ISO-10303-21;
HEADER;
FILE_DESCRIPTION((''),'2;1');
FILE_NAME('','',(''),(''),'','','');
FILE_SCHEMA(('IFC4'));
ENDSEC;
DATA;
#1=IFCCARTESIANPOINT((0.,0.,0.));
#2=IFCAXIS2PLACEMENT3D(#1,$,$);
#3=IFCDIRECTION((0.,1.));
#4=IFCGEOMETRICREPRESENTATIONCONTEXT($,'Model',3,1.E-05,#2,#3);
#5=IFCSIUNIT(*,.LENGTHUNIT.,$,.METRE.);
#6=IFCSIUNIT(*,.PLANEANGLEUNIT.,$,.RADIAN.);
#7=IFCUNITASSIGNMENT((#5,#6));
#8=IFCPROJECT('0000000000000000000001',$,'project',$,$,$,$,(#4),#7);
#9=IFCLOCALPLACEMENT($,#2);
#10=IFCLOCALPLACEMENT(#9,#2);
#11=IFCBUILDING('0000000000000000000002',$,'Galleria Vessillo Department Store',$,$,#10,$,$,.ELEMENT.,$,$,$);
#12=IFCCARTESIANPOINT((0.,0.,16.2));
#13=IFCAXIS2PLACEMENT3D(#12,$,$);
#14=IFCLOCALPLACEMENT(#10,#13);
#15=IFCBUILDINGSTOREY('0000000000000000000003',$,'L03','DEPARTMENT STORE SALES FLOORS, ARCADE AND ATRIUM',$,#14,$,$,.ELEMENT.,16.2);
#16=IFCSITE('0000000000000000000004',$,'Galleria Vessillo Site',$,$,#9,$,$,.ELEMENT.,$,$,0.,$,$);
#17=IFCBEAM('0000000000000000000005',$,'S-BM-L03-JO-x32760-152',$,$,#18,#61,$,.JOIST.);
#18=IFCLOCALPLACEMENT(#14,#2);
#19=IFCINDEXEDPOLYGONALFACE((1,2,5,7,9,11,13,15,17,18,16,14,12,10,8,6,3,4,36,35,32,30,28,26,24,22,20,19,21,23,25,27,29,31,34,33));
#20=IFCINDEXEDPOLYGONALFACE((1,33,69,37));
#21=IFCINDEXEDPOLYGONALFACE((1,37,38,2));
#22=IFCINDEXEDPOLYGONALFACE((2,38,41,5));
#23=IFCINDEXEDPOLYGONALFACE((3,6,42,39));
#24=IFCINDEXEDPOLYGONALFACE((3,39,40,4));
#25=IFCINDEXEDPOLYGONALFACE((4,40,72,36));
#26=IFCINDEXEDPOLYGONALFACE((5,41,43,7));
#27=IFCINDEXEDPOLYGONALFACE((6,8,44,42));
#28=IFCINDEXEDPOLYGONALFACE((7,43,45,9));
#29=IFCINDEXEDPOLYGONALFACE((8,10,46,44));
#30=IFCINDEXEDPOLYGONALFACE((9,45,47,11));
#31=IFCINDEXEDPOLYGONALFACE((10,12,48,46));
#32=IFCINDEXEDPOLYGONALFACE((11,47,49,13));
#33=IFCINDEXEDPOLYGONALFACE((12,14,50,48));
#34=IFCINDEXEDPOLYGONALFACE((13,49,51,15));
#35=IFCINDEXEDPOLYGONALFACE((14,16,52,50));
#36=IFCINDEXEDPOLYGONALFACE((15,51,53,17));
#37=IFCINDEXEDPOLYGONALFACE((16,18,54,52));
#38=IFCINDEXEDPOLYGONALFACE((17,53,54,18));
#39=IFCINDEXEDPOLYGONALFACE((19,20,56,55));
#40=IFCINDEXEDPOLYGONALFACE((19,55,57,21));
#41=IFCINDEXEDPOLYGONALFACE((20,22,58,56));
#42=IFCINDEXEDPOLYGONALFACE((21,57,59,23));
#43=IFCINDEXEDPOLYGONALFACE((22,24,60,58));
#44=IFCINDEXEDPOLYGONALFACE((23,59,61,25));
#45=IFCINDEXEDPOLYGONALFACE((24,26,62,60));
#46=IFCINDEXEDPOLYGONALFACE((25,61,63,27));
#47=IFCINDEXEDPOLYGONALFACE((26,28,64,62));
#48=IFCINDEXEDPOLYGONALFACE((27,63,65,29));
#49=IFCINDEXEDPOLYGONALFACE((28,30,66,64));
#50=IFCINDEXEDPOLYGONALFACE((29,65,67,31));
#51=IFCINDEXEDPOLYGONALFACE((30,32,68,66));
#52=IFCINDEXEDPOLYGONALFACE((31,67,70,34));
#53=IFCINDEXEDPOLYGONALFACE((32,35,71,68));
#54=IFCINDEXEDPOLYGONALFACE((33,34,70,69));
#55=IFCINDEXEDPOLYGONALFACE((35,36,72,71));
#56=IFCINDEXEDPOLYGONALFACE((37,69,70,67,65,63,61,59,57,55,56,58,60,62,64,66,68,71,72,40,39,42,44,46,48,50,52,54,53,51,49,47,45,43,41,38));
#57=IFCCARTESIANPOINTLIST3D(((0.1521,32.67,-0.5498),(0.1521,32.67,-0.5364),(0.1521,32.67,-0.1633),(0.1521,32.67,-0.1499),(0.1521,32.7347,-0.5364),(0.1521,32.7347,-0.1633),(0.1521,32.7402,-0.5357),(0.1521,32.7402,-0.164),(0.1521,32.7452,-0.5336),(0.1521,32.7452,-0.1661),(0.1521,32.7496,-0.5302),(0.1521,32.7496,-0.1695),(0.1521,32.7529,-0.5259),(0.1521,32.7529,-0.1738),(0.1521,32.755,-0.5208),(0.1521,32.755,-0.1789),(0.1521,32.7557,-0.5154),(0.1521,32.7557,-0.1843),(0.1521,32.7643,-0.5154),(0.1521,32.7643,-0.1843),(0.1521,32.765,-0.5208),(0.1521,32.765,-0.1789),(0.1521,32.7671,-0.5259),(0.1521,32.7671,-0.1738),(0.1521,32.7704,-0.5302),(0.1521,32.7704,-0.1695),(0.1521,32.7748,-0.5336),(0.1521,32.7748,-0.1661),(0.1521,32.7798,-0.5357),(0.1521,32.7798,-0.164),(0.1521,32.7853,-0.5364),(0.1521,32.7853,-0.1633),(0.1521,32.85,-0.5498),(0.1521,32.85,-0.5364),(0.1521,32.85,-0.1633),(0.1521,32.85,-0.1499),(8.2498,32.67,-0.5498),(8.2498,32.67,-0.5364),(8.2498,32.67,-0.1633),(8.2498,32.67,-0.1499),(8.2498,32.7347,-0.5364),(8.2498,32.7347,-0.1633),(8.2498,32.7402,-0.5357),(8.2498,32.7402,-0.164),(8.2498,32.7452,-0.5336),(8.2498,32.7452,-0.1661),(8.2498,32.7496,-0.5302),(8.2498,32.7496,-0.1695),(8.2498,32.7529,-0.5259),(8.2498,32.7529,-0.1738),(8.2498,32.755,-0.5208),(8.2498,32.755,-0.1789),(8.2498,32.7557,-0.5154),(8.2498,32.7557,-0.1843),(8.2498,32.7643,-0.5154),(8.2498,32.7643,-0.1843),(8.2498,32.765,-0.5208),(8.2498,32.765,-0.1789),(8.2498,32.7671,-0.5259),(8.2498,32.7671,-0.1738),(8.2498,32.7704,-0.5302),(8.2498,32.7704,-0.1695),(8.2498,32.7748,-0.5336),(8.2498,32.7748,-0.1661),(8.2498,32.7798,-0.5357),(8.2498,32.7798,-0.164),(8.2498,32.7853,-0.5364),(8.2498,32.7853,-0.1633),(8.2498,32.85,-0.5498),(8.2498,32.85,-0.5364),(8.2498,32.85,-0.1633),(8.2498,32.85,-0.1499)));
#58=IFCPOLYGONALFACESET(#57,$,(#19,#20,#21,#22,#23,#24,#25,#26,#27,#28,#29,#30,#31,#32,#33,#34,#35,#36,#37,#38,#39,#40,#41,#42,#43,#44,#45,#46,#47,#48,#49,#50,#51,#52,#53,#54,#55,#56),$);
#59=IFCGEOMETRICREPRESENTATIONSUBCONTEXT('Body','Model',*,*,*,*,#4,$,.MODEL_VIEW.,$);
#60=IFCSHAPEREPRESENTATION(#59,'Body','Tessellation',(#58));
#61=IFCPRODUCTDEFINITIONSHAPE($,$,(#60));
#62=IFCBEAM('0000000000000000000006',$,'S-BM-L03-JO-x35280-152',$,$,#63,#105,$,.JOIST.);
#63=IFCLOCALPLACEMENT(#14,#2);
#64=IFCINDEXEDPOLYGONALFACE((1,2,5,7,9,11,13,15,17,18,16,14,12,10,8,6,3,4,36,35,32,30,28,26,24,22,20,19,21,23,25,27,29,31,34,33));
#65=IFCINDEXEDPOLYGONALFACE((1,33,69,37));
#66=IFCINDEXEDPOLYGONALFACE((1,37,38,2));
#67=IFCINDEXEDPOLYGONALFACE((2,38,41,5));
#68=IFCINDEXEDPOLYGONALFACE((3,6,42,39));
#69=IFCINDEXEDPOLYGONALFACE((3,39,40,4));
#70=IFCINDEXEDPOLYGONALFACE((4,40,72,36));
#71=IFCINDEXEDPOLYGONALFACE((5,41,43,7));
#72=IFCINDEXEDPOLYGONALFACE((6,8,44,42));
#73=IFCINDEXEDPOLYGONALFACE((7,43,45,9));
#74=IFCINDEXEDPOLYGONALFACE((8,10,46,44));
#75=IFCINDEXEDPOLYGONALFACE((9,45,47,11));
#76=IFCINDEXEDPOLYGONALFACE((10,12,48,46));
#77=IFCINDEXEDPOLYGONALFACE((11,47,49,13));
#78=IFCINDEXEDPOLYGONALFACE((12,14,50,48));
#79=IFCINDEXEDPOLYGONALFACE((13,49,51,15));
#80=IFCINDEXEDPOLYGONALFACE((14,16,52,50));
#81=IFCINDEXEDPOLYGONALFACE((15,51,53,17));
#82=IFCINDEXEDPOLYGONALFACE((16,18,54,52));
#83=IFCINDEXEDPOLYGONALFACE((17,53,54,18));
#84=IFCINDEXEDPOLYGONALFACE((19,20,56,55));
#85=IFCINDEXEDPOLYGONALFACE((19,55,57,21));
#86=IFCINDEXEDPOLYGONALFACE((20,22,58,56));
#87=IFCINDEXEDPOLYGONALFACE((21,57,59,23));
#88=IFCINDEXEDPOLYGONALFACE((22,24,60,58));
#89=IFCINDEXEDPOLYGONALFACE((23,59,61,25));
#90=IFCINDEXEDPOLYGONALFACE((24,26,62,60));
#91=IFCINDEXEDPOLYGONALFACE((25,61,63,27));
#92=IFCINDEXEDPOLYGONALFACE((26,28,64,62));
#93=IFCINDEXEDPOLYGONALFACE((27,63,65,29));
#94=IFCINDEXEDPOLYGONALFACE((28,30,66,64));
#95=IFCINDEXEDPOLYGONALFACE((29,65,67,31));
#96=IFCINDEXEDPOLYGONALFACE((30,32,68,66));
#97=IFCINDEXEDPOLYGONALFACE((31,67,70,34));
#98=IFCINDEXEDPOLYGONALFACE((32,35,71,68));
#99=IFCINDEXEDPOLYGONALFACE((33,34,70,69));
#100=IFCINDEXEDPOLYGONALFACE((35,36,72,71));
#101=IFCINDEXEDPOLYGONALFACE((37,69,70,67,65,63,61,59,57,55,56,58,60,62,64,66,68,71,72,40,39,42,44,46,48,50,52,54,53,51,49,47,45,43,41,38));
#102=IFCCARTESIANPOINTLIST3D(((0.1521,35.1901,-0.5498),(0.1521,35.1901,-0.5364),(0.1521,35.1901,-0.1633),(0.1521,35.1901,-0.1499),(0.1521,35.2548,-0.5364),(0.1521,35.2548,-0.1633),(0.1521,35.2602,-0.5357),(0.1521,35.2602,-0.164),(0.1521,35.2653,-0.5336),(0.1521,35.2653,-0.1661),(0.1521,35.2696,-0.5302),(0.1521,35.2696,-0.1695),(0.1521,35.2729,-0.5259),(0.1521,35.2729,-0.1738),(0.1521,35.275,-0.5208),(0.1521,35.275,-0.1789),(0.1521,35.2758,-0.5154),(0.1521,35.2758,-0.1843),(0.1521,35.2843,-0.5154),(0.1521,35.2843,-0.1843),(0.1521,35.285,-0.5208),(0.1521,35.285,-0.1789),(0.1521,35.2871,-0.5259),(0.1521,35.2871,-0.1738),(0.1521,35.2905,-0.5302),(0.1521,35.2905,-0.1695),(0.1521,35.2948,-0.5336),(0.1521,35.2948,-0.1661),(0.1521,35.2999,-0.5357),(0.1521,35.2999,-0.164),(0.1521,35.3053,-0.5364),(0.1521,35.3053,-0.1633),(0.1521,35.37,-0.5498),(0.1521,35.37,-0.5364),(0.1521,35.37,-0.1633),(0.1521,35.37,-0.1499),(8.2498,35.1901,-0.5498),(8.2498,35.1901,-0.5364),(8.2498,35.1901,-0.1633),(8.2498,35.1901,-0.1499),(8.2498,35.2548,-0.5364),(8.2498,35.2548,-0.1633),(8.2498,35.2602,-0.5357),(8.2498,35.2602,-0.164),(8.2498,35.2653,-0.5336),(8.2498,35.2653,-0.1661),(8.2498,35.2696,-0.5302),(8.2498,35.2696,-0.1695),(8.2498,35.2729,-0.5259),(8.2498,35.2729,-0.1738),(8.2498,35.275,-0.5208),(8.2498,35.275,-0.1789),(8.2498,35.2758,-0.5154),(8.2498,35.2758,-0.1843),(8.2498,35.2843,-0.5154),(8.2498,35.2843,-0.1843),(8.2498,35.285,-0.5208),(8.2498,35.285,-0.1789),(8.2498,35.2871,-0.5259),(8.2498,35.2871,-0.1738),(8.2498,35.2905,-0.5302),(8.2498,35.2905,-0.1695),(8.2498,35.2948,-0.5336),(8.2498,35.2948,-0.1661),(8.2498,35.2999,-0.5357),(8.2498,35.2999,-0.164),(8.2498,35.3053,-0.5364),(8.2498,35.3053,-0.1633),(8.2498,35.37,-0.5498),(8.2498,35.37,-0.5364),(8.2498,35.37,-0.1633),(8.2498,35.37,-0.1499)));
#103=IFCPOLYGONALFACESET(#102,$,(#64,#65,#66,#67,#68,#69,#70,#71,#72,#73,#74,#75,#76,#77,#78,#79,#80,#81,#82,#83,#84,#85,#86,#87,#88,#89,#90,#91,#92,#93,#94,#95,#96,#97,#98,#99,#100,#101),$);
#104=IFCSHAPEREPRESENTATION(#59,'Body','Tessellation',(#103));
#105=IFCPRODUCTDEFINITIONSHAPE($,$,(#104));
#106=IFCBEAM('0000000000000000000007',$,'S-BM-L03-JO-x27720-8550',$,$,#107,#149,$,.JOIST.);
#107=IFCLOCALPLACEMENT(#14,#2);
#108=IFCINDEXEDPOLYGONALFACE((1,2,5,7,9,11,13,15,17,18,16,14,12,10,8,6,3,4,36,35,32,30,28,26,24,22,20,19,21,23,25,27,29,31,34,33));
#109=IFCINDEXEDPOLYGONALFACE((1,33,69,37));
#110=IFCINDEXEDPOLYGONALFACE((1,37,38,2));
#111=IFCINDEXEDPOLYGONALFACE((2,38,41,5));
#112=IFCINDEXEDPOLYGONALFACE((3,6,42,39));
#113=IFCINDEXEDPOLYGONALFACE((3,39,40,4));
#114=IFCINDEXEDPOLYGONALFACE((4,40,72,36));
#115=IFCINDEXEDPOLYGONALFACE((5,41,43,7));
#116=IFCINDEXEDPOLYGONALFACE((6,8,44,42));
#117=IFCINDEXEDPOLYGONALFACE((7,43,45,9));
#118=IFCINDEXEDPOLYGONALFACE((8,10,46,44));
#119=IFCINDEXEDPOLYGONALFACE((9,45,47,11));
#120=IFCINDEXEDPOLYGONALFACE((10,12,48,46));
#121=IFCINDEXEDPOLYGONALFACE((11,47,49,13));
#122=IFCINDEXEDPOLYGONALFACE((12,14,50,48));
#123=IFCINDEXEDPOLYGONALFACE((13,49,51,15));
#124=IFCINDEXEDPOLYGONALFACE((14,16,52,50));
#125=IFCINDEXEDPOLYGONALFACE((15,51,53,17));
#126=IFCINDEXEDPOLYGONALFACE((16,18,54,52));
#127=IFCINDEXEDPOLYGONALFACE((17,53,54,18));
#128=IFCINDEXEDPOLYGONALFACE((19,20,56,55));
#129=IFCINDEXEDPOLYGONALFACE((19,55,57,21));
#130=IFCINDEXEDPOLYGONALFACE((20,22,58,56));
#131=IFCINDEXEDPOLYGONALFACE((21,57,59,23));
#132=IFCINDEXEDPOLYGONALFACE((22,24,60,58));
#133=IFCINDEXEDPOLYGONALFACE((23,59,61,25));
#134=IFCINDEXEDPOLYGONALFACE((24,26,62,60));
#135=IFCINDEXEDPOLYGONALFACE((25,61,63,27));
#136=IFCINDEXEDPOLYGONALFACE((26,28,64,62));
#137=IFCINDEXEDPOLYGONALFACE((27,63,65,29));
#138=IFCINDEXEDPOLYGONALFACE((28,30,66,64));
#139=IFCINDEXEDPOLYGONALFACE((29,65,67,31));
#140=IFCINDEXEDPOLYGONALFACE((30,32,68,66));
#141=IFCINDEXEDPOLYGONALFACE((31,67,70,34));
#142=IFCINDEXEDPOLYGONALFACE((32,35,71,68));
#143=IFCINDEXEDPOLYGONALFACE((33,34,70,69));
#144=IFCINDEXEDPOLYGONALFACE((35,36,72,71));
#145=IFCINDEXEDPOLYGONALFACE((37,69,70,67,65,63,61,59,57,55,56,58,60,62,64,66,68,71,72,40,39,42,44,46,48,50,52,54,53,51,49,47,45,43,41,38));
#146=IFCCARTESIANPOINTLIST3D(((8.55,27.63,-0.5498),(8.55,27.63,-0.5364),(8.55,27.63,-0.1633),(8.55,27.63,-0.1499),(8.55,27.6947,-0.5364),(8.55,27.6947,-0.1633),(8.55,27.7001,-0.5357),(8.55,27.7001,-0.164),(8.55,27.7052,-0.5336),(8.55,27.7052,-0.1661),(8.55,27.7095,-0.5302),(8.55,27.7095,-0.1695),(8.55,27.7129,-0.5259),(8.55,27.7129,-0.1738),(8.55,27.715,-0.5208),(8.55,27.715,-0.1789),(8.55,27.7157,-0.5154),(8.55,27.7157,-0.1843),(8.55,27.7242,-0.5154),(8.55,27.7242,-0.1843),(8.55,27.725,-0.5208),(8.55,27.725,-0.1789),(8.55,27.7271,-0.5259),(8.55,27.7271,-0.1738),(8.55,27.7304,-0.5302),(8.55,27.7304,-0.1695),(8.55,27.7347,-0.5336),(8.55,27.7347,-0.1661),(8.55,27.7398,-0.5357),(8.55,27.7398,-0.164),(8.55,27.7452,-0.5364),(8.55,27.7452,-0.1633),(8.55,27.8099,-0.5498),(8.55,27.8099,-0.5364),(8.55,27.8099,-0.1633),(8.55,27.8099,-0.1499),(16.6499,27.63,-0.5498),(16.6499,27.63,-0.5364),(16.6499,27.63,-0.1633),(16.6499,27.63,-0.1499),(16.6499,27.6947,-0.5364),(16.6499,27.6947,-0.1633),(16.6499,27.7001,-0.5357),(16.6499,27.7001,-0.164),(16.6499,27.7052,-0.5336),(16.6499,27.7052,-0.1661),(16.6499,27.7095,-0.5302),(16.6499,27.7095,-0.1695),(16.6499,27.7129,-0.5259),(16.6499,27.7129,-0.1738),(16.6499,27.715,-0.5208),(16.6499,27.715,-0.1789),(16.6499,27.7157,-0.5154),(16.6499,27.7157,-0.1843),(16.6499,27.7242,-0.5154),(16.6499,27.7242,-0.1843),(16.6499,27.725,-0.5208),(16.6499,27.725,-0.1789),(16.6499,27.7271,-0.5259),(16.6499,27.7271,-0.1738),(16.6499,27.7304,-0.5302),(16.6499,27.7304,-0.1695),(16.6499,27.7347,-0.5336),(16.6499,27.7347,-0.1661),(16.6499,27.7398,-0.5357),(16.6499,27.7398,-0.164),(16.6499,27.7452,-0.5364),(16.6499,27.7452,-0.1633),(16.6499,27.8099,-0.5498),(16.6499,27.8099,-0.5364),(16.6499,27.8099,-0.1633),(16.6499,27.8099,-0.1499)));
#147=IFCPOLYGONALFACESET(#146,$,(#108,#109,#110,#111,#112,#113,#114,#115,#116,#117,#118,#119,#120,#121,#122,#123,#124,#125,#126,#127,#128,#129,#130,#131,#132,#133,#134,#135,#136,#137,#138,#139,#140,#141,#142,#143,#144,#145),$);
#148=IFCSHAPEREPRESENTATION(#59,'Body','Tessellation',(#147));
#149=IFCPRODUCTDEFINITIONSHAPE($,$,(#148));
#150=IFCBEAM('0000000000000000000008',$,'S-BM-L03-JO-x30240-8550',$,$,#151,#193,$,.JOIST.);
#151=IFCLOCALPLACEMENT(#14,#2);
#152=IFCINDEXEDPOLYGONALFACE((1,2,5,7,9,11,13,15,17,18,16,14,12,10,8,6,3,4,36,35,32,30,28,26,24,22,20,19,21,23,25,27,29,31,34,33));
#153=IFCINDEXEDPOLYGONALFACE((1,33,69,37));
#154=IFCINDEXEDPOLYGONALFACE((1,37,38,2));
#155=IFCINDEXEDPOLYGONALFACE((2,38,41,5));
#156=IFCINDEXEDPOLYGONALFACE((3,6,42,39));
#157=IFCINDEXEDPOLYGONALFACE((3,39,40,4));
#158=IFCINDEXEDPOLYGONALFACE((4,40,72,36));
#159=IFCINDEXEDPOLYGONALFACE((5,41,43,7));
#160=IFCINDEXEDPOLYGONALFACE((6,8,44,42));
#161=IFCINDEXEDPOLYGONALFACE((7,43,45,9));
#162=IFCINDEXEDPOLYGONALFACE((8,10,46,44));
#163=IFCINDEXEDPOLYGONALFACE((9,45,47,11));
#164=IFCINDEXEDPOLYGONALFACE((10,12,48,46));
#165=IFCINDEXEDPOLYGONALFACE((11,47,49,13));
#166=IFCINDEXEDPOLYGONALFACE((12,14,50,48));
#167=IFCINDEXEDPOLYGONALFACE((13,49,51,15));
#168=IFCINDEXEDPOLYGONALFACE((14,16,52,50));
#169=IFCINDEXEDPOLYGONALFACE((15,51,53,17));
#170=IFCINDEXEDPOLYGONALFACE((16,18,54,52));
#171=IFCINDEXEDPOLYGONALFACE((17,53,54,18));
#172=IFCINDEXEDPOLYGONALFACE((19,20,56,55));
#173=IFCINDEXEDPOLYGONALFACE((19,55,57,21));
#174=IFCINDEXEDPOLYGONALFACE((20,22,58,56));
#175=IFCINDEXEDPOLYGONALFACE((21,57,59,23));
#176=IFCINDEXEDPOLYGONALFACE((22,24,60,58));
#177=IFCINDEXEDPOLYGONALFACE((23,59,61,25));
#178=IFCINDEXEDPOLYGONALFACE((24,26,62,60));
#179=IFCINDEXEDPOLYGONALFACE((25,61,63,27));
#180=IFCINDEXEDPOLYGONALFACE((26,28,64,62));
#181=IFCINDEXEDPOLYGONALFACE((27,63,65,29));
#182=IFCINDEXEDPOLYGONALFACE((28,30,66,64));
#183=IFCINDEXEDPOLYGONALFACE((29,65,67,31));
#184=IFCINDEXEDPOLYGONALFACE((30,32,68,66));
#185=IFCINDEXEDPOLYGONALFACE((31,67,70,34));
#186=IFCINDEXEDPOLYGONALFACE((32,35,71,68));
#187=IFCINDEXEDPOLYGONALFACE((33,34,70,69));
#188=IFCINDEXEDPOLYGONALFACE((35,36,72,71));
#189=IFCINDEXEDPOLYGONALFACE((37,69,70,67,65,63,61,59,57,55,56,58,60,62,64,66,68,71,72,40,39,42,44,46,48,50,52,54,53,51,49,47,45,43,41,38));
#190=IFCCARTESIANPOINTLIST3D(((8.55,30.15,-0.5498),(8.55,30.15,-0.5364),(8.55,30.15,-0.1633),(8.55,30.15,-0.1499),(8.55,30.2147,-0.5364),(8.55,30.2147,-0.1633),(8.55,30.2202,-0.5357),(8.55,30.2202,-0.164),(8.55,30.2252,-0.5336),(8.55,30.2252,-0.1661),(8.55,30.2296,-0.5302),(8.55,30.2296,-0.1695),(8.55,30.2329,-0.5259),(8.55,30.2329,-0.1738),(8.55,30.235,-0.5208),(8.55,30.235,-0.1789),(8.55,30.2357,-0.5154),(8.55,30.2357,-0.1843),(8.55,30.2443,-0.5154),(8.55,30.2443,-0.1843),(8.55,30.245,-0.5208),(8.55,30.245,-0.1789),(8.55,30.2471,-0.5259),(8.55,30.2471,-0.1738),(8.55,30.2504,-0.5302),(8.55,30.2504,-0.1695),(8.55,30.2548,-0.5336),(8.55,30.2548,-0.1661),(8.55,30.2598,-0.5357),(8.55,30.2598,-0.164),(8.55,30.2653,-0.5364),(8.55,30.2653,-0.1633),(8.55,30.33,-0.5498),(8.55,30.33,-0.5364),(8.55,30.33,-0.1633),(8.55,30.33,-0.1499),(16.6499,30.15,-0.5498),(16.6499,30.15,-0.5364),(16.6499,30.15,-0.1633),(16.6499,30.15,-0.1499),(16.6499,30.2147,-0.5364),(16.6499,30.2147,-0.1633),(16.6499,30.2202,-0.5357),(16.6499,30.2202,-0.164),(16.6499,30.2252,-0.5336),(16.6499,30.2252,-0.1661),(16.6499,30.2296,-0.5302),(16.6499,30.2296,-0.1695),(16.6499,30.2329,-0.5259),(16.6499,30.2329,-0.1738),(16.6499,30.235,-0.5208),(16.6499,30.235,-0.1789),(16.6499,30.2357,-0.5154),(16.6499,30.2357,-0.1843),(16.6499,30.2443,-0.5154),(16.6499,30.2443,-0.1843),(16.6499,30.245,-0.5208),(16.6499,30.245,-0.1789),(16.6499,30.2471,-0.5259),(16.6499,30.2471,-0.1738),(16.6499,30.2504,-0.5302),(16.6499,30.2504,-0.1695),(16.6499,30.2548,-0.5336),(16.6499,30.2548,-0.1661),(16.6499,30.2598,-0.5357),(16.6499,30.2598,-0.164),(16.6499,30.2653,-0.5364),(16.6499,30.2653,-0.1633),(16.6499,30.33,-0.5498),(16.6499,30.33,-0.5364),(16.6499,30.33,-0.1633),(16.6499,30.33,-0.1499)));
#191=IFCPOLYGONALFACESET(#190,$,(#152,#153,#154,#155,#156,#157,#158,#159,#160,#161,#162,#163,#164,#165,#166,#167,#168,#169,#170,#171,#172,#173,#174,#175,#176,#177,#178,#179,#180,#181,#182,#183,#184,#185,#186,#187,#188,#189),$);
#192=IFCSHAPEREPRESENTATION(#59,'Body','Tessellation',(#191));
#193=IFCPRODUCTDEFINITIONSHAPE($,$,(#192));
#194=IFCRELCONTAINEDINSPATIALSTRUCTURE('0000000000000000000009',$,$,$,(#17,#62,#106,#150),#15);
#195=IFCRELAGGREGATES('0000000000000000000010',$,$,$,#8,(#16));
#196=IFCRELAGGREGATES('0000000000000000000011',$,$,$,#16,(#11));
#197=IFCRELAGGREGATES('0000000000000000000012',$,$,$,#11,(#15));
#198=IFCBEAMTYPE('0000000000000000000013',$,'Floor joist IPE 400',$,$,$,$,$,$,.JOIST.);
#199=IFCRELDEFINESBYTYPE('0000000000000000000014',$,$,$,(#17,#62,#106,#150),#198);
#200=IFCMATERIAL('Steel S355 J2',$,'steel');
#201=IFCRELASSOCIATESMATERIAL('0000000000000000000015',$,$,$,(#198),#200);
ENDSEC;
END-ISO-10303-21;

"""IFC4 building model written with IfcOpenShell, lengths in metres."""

from ifc_helpers import new_model, si_unit, direction, frame, origin, origin_2d, place, context, subcontext, project, spatial, i_section, extrude, material, material_profile, profile_set, type_object, element, save


model = new_model("IFC4")

# Units and contexts
model_context = context("Model", 3, precision=1e-05, world=origin(), true_north=direction((0.0, 1.0)))
body_context = subcontext(model_context, "Body", "Model", "MODEL_VIEW")
ifc_project = project(units=[si_unit("LENGTHUNIT", "METRE"), si_unit("PLANEANGLEUNIT", "RADIAN")], contexts=[model_context])

# Site, building, storey
site_placement = place(None, origin())
site = spatial("IfcSite", under=ifc_project, at=site_placement, Name="Galleria Vessillo Site", CompositionType="ELEMENT", RefElevation=0.0)
building_placement = place(site_placement, origin())
building = spatial("IfcBuilding", under=site, at=building_placement, Name="Galleria Vessillo Department Store", CompositionType="ELEMENT")
storey_placement = place(building_placement, frame((0.0, 0.0, 16.2)))
storey = spatial("IfcBuildingStorey", under=building, at=storey_placement, Name="L03", Description="DEPARTMENT STORE SALES FLOORS, ARCADE AND ATRIUM", CompositionType="ELEMENT", Elevation=16.2)

# Beams
ifc_material_1 = material(Name="Steel S355 J2", Category="steel")
ifc_material_profile_1 = material_profile(ifc_material_1, i_section(OverallWidth=0.1799, OverallDepth=0.3999, WebThickness=0.0085, FlangeThickness=0.0134, FilletRadius=0.021, at=origin_2d()), Name="IPE 400")
ifc_profile_set_1 = profile_set([ifc_material_profile_1], Name="Steel S355 J2")
beam_type_1 = type_object("IfcBeamType", Name="Floor joist IPE 400", PredefinedType="JOIST", material=ifc_profile_set_1)
for number, where, z_axis, x_axis, name in (
    (1, (0.1521, 32.76, -0.3499), (1.0, 0.0, 0.0), (0.0, 1.0, 0.0), "S-BM-L03-JO-x32760-152"),
    (2, (0.1521, 35.28, -0.3499), (1.0, 0.0, 0.0), (0.0, 1.0, 0.0), "S-BM-L03-JO-x35280-152"),
):
    element("IfcBeam", number, at=place(storey_placement, frame(where, z_axis=z_axis, x_axis=x_axis)), inside=storey, type_object=beam_type_1, Name=name, PredefinedType="JOIST", context=body_context, shape_type="SweptSolid", body=[
        extrude(i_section(OverallWidth=0.1799, OverallDepth=0.3999, WebThickness=0.0085, FlangeThickness=0.0134, FilletRadius=0.021, at=origin_2d()), origin(), (0.0, 0.0, 1.0), 8.0977),
    ])
for number, where, z_axis, x_axis, name in (
    (3, (8.55, 27.72, -0.3499), (1.0, 0.0, 0.0), (0.0, 1.0, 0.0), "S-BM-L03-JO-x27720-8550"),
    (4, (8.55, 30.24, -0.3499), (1.0, 0.0, 0.0), (0.0, 1.0, 0.0), "S-BM-L03-JO-x30240-8550"),
):
    element("IfcBeam", number, at=place(storey_placement, frame(where, z_axis=z_axis, x_axis=x_axis)), inside=storey, type_object=beam_type_1, Name=name, PredefinedType="JOIST", context=body_context, shape_type="SweptSolid", body=[
        extrude(i_section(OverallWidth=0.1799, OverallDepth=0.3999, WebThickness=0.0085, FlangeThickness=0.0134, FilletRadius=0.021, at=origin_2d()), origin(), (0.0, 0.0, 1.0), 8.0999),
    ])

save(model, "model.ifc")
